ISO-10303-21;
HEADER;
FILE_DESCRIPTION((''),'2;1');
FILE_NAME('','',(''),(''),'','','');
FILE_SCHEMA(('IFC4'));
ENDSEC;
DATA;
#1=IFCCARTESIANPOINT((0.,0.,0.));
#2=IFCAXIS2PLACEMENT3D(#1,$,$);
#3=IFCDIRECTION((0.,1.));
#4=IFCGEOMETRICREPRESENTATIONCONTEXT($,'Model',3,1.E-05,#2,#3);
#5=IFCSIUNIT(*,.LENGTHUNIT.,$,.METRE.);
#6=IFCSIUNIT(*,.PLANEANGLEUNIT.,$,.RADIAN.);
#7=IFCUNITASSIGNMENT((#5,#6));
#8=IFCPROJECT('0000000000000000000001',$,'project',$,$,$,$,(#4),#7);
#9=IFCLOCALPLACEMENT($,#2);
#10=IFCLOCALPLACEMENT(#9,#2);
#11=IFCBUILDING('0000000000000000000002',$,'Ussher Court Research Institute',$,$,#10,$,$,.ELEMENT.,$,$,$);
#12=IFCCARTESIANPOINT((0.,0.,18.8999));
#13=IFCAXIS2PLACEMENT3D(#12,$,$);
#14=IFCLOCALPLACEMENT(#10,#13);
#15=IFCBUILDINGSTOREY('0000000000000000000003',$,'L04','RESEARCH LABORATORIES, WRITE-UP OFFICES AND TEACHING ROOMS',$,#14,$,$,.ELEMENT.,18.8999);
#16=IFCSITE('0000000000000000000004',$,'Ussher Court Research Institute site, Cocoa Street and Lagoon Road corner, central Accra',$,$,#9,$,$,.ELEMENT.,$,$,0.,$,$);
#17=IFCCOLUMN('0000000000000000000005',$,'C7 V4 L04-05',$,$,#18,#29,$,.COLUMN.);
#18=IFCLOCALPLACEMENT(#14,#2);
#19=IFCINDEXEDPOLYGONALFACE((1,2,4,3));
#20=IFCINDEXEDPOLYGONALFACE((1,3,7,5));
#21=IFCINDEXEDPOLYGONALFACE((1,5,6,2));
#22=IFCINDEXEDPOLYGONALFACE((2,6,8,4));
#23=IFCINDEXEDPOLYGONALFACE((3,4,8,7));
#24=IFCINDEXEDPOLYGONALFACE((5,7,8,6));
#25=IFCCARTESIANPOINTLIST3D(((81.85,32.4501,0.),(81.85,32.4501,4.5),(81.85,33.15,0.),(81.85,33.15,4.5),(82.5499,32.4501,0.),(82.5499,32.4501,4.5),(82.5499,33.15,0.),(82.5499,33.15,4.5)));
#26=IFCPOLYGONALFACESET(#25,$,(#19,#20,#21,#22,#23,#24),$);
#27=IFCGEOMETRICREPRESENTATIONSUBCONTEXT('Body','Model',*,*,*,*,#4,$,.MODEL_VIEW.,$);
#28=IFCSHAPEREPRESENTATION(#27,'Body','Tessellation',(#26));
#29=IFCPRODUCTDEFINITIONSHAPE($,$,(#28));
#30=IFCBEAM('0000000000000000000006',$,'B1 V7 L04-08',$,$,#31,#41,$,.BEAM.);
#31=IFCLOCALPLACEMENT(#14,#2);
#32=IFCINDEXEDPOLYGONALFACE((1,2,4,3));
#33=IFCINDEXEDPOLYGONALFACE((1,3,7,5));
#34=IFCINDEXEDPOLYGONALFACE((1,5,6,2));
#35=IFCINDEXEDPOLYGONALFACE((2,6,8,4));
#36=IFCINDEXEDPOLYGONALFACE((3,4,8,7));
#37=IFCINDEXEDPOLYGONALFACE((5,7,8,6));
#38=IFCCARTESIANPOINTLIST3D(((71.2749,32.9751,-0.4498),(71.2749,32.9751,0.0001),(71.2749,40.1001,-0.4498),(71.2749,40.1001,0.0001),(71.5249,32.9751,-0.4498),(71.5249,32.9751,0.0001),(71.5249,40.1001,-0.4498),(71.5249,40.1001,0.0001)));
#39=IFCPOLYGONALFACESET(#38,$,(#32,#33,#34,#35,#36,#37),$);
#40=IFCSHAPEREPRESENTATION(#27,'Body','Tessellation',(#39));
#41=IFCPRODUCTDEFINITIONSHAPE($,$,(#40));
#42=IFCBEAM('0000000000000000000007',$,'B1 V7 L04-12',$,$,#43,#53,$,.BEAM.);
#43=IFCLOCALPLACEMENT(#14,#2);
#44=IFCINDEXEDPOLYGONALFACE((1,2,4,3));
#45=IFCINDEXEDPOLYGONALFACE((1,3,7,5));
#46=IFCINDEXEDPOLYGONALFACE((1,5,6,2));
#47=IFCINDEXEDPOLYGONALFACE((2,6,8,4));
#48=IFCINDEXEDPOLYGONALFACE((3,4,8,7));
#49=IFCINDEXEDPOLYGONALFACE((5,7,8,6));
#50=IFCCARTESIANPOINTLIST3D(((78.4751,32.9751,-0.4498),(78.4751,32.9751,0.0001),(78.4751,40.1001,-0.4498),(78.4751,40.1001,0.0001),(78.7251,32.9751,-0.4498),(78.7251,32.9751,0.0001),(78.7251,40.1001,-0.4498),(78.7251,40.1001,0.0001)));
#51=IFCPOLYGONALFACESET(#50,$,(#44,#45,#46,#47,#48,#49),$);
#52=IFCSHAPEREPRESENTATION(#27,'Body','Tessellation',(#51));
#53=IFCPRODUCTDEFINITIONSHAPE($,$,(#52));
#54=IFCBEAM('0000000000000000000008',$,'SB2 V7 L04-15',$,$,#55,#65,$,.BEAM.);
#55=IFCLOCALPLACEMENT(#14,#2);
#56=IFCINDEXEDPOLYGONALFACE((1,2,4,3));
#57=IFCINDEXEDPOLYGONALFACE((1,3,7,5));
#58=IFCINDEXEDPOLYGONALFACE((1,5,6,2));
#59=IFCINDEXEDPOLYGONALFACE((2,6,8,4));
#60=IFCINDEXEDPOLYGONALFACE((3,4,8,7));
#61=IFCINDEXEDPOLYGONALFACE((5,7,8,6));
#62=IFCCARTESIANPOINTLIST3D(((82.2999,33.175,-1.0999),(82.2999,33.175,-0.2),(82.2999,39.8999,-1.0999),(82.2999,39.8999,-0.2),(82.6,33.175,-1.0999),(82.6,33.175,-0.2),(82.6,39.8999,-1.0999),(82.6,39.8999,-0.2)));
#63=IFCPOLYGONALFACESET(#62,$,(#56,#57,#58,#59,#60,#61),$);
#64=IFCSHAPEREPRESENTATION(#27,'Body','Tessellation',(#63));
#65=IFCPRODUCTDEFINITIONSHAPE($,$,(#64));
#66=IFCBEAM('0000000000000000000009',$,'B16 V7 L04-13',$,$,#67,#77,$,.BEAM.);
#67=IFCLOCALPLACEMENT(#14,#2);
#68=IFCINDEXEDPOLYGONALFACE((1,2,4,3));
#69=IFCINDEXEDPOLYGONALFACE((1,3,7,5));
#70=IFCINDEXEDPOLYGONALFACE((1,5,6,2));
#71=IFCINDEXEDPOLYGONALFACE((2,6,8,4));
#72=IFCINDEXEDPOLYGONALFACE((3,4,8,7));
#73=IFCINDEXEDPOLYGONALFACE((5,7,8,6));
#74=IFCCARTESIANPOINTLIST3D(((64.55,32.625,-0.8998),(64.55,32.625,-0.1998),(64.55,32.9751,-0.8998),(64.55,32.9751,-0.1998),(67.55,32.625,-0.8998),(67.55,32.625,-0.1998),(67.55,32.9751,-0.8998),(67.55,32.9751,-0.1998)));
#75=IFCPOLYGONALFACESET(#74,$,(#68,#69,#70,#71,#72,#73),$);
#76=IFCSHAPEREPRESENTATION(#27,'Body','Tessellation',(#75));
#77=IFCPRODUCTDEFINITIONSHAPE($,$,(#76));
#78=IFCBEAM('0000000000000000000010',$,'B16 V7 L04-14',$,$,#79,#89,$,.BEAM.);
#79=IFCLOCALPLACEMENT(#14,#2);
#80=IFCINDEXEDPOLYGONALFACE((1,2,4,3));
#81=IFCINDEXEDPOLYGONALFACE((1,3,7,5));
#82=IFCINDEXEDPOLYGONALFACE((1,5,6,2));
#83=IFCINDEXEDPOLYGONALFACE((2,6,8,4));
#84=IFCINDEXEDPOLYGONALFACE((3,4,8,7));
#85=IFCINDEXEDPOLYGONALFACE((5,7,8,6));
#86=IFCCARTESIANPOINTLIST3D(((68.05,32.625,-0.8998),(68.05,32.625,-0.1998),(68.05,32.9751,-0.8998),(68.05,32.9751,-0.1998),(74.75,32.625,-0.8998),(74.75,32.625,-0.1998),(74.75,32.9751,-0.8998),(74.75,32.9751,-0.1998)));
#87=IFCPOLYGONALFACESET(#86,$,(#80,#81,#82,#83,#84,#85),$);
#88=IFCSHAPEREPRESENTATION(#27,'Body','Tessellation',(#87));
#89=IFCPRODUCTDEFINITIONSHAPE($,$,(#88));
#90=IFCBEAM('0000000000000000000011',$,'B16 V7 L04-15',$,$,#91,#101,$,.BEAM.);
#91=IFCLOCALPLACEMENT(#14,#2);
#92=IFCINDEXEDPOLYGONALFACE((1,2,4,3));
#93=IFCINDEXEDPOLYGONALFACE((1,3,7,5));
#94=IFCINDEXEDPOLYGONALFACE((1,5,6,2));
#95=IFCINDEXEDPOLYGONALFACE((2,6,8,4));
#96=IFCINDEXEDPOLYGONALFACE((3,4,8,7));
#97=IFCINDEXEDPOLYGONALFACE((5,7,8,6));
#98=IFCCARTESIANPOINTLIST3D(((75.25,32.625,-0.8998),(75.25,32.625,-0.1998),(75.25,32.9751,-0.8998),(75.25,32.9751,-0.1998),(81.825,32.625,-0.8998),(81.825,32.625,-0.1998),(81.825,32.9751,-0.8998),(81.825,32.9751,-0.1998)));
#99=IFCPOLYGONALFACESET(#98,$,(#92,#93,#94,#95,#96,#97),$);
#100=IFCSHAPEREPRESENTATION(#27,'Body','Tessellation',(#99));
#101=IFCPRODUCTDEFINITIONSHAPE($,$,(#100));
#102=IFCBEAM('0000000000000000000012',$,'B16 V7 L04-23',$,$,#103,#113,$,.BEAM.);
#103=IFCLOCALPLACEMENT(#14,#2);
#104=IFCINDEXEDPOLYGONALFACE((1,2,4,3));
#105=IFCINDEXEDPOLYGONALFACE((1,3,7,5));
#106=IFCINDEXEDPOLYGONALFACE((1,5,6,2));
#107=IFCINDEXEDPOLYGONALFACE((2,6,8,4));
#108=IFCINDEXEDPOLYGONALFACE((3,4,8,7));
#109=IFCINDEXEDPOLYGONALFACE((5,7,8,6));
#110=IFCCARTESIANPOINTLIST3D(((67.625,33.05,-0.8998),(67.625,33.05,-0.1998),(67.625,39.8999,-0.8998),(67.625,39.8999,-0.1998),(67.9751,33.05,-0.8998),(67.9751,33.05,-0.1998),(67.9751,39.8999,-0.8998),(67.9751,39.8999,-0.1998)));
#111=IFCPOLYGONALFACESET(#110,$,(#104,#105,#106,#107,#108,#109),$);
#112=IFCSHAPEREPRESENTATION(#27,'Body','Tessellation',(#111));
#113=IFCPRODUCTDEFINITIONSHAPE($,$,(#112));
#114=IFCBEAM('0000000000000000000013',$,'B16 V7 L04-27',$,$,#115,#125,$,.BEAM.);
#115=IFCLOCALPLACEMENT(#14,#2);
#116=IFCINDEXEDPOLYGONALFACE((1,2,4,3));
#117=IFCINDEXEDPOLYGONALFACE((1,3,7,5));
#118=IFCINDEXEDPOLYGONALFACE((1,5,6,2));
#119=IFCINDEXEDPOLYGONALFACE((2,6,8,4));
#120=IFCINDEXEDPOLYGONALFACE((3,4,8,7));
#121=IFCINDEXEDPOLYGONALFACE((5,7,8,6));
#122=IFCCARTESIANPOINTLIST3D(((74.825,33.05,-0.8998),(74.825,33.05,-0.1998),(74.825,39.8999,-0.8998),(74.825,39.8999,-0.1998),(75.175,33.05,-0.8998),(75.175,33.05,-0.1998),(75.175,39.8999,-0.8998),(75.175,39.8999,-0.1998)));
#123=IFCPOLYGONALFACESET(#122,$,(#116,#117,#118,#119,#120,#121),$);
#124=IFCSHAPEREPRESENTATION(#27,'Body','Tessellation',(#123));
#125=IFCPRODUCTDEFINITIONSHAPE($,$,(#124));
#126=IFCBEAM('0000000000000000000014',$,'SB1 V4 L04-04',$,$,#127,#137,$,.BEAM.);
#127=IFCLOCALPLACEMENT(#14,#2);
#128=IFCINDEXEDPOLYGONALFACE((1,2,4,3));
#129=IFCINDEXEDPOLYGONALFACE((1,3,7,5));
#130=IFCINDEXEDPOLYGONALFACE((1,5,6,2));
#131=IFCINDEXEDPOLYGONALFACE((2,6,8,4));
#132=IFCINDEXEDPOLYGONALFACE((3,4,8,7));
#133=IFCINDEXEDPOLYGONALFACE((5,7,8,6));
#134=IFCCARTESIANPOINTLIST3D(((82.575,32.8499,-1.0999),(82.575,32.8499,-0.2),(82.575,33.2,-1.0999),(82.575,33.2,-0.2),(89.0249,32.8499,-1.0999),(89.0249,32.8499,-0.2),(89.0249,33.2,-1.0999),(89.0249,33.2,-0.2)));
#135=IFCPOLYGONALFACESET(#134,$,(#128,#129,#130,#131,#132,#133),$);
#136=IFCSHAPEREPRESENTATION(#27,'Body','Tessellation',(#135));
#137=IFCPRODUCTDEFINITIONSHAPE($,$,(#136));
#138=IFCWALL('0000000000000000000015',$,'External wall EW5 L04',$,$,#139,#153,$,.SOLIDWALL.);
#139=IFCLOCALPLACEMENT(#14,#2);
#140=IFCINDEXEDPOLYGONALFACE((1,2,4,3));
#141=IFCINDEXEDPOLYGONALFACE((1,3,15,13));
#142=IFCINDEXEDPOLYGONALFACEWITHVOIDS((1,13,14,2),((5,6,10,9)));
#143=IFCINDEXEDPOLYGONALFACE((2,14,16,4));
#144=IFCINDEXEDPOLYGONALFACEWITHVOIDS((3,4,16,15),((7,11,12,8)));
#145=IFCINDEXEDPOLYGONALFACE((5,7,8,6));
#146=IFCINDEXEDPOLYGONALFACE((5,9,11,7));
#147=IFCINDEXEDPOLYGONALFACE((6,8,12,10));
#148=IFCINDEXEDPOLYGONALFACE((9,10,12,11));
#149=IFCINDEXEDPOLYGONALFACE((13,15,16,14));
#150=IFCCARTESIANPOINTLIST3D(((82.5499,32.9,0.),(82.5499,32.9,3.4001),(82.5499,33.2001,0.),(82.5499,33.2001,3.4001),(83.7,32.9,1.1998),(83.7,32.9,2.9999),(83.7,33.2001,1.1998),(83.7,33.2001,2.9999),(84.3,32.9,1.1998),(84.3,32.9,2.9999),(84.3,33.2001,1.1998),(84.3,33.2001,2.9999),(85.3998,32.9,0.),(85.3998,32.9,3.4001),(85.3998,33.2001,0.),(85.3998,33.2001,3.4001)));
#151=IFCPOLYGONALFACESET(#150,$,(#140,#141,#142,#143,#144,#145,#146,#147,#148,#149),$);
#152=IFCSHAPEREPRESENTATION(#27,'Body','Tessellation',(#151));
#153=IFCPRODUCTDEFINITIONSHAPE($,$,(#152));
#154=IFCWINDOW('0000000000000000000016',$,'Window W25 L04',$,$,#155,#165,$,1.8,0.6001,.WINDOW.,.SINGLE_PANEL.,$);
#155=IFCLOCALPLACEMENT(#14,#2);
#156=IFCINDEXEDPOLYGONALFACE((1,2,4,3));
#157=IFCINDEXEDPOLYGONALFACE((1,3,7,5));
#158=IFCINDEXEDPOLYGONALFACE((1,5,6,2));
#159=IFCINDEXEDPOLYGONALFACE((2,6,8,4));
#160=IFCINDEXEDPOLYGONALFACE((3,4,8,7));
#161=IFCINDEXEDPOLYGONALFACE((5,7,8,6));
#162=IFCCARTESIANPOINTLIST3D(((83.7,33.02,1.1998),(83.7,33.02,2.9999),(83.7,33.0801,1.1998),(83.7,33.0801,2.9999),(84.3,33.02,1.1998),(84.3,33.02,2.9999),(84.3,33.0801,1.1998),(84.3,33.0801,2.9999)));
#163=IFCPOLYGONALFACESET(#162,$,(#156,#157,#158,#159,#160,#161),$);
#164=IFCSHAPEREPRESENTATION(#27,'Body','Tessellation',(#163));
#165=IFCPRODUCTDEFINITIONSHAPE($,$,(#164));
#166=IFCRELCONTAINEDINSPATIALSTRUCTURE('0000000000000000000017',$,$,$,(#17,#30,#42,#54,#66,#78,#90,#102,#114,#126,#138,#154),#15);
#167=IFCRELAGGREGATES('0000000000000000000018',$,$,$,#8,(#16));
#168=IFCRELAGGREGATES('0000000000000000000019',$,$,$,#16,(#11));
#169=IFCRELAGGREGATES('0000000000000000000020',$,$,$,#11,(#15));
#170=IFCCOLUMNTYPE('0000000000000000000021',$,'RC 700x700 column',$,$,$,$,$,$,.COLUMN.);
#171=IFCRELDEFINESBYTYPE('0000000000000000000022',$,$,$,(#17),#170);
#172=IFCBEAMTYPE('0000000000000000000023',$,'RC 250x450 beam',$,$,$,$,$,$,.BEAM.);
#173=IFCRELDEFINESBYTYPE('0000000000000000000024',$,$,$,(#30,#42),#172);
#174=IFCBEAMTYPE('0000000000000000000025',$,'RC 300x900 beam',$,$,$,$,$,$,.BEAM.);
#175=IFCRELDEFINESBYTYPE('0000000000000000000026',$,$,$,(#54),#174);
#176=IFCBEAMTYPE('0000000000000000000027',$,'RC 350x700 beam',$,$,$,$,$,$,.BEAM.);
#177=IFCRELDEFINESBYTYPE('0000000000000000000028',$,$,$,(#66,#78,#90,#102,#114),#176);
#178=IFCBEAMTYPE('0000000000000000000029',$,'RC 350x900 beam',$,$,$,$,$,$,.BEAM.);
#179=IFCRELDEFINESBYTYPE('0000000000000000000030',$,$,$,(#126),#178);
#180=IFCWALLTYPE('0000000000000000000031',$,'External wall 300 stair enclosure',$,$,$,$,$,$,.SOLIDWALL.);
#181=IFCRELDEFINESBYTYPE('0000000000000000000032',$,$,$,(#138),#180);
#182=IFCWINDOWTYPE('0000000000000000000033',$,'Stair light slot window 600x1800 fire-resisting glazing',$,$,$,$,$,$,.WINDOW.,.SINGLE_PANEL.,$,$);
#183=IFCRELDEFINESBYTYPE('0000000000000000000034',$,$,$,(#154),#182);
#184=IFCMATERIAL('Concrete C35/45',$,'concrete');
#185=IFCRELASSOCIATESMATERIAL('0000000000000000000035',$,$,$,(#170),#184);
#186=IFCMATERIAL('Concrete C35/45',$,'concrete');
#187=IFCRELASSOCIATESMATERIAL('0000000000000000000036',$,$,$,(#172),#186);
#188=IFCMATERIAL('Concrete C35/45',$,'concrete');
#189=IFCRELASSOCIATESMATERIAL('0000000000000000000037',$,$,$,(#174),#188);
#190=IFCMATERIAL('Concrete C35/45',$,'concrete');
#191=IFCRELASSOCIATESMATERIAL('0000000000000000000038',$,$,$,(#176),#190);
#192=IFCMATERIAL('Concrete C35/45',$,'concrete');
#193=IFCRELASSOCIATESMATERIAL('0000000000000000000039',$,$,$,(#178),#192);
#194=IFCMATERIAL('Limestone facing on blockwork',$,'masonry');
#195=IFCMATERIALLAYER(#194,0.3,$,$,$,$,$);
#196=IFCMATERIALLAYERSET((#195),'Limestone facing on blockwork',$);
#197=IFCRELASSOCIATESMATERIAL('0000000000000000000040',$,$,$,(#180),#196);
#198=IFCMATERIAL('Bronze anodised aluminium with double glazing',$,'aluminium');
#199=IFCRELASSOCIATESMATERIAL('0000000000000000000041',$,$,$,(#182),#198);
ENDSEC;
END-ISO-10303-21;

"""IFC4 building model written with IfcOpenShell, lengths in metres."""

from ifc_helpers import new_model, si_unit, direction, frame, frame_2d, origin, origin_2d, place, context, subcontext, project, spatial, rectangle, extrude, material, layer, layer_set, material_profile, profile_set, type_object, element, fill, save


model = new_model("IFC4")

# Units and contexts
model_context = context("Model", 3, precision=1e-05, world=origin(), true_north=direction((0.0, 1.0)))
body_context = subcontext(model_context, "Body", "Model", "MODEL_VIEW")
ifc_project = project(units=[si_unit("LENGTHUNIT", "METRE"), si_unit("PLANEANGLEUNIT", "RADIAN")], contexts=[model_context])

# Site, building, storey
site_placement = place(None, origin())
site = spatial("IfcSite", under=ifc_project, at=site_placement, Name="Ussher Court Research Institute site, Cocoa Street and Lagoon Road corner, central Accra", CompositionType="ELEMENT", RefElevation=0.0)
building_placement = place(site_placement, origin())
building = spatial("IfcBuilding", under=site, at=building_placement, Name="Ussher Court Research Institute", CompositionType="ELEMENT")
storey_placement = place(building_placement, frame((0.0, 0.0, 18.8999)))
storey = spatial("IfcBuildingStorey", under=building, at=storey_placement, Name="L04", Description="RESEARCH LABORATORIES, WRITE-UP OFFICES AND TEACHING ROOMS", CompositionType="ELEMENT", Elevation=18.8999)

# Column
ifc_material_1 = material(Name="Concrete C35/45", Category="concrete")
ifc_material_profile_1 = material_profile(ifc_material_1, rectangle(XDim=0.7, YDim=0.7, at=origin_2d()), Name="RC 700x700")
ifc_profile_set_1 = profile_set([ifc_material_profile_1], Name="Concrete C35/45")
column_type = type_object("IfcColumnType", Name="RC 700x700 column", PredefinedType="COLUMN", material=ifc_profile_set_1)
column_placement = place(storey_placement, frame((82.2, 32.8, 0.0), z_axis=(0.0, 0.0, 1.0), x_axis=(1.0, 0.0, 0.0)))
element("IfcColumn", 1, at=column_placement, inside=storey, type_object=column_type, Name="C7 V4 L04-05", PredefinedType="COLUMN", context=body_context, shape_type="SweptSolid", body=[
    extrude(rectangle(XDim=0.7, YDim=0.7, at=origin_2d()), origin(), (0.0, 0.0, 1.0), 4.5),
])

# Beams
ifc_material_2 = material(Name="Concrete C35/45", Category="concrete")
ifc_material_profile_2 = material_profile(ifc_material_2, rectangle(XDim=0.25, YDim=0.45, at=origin_2d()), Name="RC 250x450")
ifc_profile_set_2 = profile_set([ifc_material_profile_2], Name="Concrete C35/45")
beam_type_1 = type_object("IfcBeamType", Name="RC 250x450 beam", PredefinedType="BEAM", material=ifc_profile_set_2)
for number, where, z_axis, x_axis, name in (
    (2, (71.3999, 32.9751, -0.2249), (0.0, 1.0, 0.0), (-1.0, 0.0, 0.0), "B1 V7 L04-08"),
    (3, (78.6001, 32.9751, -0.2249), (0.0, 1.0, 0.0), (-1.0, 0.0, 0.0), "B1 V7 L04-12"),
):
    element("IfcBeam", number, at=place(storey_placement, frame(where, z_axis=z_axis, x_axis=x_axis)), inside=storey, type_object=beam_type_1, Name=name, PredefinedType="BEAM", context=body_context, shape_type="SweptSolid", body=[
        extrude(rectangle(XDim=0.25, YDim=0.45, at=origin_2d()), origin(), (0.0, 0.0, 1.0), 7.125),
    ])
ifc_material_3 = material(Name="Concrete C35/45", Category="concrete")
ifc_material_profile_3 = material_profile(ifc_material_3, rectangle(XDim=0.3, YDim=0.8999, at=origin_2d()), Name="RC 300x900")
ifc_profile_set_3 = profile_set([ifc_material_profile_3], Name="Concrete C35/45")
beam_type_2 = type_object("IfcBeamType", Name="RC 300x900 beam", PredefinedType="BEAM", material=ifc_profile_set_3)
beam_1_placement = place(storey_placement, frame((82.45, 33.175, -0.6499), z_axis=(0.0, 1.0, 0.0), x_axis=(-1.0, 0.0, 0.0)))
element("IfcBeam", 4, at=beam_1_placement, inside=storey, type_object=beam_type_2, Name="SB2 V7 L04-15", PredefinedType="BEAM", context=body_context, shape_type="SweptSolid", body=[
    extrude(rectangle(XDim=0.3, YDim=0.8999, at=origin_2d()), origin(), (0.0, 0.0, 1.0), 6.7249),
])
ifc_material_4 = material(Name="Concrete C35/45", Category="concrete")
ifc_material_profile_4 = material_profile(ifc_material_4, rectangle(XDim=0.3501, YDim=0.7, at=origin_2d()), Name="RC 350x700")
ifc_profile_set_4 = profile_set([ifc_material_profile_4], Name="Concrete C35/45")
beam_type_3 = type_object("IfcBeamType", Name="RC 350x700 beam", PredefinedType="BEAM", material=ifc_profile_set_4)
beam_2_placement = place(storey_placement, frame((64.55, 32.8, -0.5498), z_axis=(1.0, 0.0, 0.0), x_axis=(0.0, 1.0, 0.0)))
element("IfcBeam", 5, at=beam_2_placement, inside=storey, type_object=beam_type_3, Name="B16 V7 L04-13", PredefinedType="BEAM", context=body_context, shape_type="SweptSolid", body=[
    extrude(rectangle(XDim=0.3501, YDim=0.7, at=origin_2d()), origin(), (0.0, 0.0, 1.0), 3.0),
])
beam_3_placement = place(storey_placement, frame((68.05, 32.8, -0.5498), z_axis=(1.0, 0.0, 0.0), x_axis=(0.0, 1.0, 0.0)))
element("IfcBeam", 6, at=beam_3_placement, inside=storey, type_object=beam_type_3, Name="B16 V7 L04-14", PredefinedType="BEAM", context=body_context, shape_type="SweptSolid", body=[
    extrude(rectangle(XDim=0.3501, YDim=0.7, at=origin_2d()), origin(), (0.0, 0.0, 1.0), 6.7),
])
beam_4_placement = place(storey_placement, frame((75.25, 32.8, -0.5498), z_axis=(1.0, 0.0, 0.0), x_axis=(0.0, 1.0, 0.0)))
element("IfcBeam", 7, at=beam_4_placement, inside=storey, type_object=beam_type_3, Name="B16 V7 L04-15", PredefinedType="BEAM", context=body_context, shape_type="SweptSolid", body=[
    extrude(rectangle(XDim=0.3501, YDim=0.7, at=origin_2d()), origin(), (0.0, 0.0, 1.0), 6.575),
])
for number, where, z_axis, x_axis, name in (
    (8, (67.8, 33.05, -0.5498), (0.0, 1.0, 0.0), (-1.0, 0.0, 0.0), "B16 V7 L04-23"),
    (9, (75.0, 33.05, -0.5498), (0.0, 1.0, 0.0), (-1.0, 0.0, 0.0), "B16 V7 L04-27"),
):
    element("IfcBeam", number, at=place(storey_placement, frame(where, z_axis=z_axis, x_axis=x_axis)), inside=storey, type_object=beam_type_3, Name=name, PredefinedType="BEAM", context=body_context, shape_type="SweptSolid", body=[
        extrude(rectangle(XDim=0.3501, YDim=0.7, at=origin_2d()), origin(), (0.0, 0.0, 1.0), 6.8499),
    ])
ifc_material_5 = material(Name="Concrete C35/45", Category="concrete")
ifc_material_profile_5 = material_profile(ifc_material_5, rectangle(XDim=0.3501, YDim=0.8999, at=origin_2d()), Name="RC 350x900")
ifc_profile_set_5 = profile_set([ifc_material_profile_5], Name="Concrete C35/45")
beam_type_4 = type_object("IfcBeamType", Name="RC 350x900 beam", PredefinedType="BEAM", material=ifc_profile_set_5)
beam_5_placement = place(storey_placement, frame((82.575, 33.0249, -0.6499), z_axis=(1.0, 0.0, 0.0), x_axis=(0.0, 1.0, 0.0)))
element("IfcBeam", 10, at=beam_5_placement, inside=storey, type_object=beam_type_4, Name="SB1 V4 L04-04", PredefinedType="BEAM", context=body_context, shape_type="SweptSolid", body=[
    extrude(rectangle(XDim=0.3501, YDim=0.8999, at=origin_2d()), origin(), (0.0, 0.0, 1.0), 6.45),
])

# Wall, opening, window
ifc_material_6 = material(Name="Limestone facing on blockwork", Category="masonry")
ifc_layer_1 = layer(ifc_material_6, 0.3)
ifc_layer_set_1 = layer_set([ifc_layer_1], Name="Limestone facing on blockwork")
wall_type_1 = type_object("IfcWallType", Name="External wall 300 stair enclosure", PredefinedType="SOLIDWALL", material=ifc_layer_set_1)
wall_1_placement = place(storey_placement, frame((82.55, 33.05, 0.0), z_axis=(0.0, 0.0, 1.0), x_axis=(1.0, 0.0, 0.0)))
wall_1 = element("IfcWall", 11, at=wall_1_placement, inside=storey, type_object=wall_type_1, Name="External wall EW5 L04", PredefinedType="SOLIDWALL", context=body_context, shape_type="SweptSolid", body=[
    extrude(rectangle(XDim=2.8499, YDim=0.3, at=frame_2d((1.4248, 0.0))), origin(), (0.0, 0.0, 1.0), 3.4001),
])
opening_1_placement = place(wall_1_placement, frame((1.1499, 0.0, 1.2)))
opening_1 = element("IfcOpeningElement", 12, at=opening_1_placement, cuts=wall_1, PredefinedType="OPENING", context=body_context, shape_type="SweptSolid", body=[
    extrude(rectangle(XDim=0.6001, YDim=1.8, at=frame_2d((0.3, 0.8999))), frame((0.0, 0.1602, 0.0), z_axis=(0.0, -1.0, 0.0), x_axis=(1.0, 0.0, 0.0)), (0.0, 0.0, 1.0), 0.3201),
])
ifc_material_7 = material(Name="Bronze anodised aluminium with double glazing", Category="aluminium")
window_type = type_object("IfcWindowType", Name="Stair light slot window 600x1800 fire-resisting glazing", PartitioningType="SINGLE_PANEL", PredefinedType="WINDOW", material=ifc_material_7)
window_1_placement = place(opening_1_placement, origin())
window_1 = element("IfcWindow", 13, at=window_1_placement, inside=storey, type_object=window_type, Name="Window W25 L04", OverallHeight=1.8, OverallWidth=0.6001, PartitioningType="SINGLE_PANEL", PredefinedType="WINDOW", context=body_context, shape_type="SweptSolid", body=[
    extrude(rectangle(XDim=0.6001, YDim=1.8, at=frame_2d((0.3, 0.8999))), frame((0.0, 0.03, 0.0), z_axis=(0.0, -1.0, 0.0), x_axis=(1.0, 0.0, 0.0)), (0.0, 0.0, 1.0), 0.0601),
])
fill(opening_1, window_1)

save(model, "model.ifc")
